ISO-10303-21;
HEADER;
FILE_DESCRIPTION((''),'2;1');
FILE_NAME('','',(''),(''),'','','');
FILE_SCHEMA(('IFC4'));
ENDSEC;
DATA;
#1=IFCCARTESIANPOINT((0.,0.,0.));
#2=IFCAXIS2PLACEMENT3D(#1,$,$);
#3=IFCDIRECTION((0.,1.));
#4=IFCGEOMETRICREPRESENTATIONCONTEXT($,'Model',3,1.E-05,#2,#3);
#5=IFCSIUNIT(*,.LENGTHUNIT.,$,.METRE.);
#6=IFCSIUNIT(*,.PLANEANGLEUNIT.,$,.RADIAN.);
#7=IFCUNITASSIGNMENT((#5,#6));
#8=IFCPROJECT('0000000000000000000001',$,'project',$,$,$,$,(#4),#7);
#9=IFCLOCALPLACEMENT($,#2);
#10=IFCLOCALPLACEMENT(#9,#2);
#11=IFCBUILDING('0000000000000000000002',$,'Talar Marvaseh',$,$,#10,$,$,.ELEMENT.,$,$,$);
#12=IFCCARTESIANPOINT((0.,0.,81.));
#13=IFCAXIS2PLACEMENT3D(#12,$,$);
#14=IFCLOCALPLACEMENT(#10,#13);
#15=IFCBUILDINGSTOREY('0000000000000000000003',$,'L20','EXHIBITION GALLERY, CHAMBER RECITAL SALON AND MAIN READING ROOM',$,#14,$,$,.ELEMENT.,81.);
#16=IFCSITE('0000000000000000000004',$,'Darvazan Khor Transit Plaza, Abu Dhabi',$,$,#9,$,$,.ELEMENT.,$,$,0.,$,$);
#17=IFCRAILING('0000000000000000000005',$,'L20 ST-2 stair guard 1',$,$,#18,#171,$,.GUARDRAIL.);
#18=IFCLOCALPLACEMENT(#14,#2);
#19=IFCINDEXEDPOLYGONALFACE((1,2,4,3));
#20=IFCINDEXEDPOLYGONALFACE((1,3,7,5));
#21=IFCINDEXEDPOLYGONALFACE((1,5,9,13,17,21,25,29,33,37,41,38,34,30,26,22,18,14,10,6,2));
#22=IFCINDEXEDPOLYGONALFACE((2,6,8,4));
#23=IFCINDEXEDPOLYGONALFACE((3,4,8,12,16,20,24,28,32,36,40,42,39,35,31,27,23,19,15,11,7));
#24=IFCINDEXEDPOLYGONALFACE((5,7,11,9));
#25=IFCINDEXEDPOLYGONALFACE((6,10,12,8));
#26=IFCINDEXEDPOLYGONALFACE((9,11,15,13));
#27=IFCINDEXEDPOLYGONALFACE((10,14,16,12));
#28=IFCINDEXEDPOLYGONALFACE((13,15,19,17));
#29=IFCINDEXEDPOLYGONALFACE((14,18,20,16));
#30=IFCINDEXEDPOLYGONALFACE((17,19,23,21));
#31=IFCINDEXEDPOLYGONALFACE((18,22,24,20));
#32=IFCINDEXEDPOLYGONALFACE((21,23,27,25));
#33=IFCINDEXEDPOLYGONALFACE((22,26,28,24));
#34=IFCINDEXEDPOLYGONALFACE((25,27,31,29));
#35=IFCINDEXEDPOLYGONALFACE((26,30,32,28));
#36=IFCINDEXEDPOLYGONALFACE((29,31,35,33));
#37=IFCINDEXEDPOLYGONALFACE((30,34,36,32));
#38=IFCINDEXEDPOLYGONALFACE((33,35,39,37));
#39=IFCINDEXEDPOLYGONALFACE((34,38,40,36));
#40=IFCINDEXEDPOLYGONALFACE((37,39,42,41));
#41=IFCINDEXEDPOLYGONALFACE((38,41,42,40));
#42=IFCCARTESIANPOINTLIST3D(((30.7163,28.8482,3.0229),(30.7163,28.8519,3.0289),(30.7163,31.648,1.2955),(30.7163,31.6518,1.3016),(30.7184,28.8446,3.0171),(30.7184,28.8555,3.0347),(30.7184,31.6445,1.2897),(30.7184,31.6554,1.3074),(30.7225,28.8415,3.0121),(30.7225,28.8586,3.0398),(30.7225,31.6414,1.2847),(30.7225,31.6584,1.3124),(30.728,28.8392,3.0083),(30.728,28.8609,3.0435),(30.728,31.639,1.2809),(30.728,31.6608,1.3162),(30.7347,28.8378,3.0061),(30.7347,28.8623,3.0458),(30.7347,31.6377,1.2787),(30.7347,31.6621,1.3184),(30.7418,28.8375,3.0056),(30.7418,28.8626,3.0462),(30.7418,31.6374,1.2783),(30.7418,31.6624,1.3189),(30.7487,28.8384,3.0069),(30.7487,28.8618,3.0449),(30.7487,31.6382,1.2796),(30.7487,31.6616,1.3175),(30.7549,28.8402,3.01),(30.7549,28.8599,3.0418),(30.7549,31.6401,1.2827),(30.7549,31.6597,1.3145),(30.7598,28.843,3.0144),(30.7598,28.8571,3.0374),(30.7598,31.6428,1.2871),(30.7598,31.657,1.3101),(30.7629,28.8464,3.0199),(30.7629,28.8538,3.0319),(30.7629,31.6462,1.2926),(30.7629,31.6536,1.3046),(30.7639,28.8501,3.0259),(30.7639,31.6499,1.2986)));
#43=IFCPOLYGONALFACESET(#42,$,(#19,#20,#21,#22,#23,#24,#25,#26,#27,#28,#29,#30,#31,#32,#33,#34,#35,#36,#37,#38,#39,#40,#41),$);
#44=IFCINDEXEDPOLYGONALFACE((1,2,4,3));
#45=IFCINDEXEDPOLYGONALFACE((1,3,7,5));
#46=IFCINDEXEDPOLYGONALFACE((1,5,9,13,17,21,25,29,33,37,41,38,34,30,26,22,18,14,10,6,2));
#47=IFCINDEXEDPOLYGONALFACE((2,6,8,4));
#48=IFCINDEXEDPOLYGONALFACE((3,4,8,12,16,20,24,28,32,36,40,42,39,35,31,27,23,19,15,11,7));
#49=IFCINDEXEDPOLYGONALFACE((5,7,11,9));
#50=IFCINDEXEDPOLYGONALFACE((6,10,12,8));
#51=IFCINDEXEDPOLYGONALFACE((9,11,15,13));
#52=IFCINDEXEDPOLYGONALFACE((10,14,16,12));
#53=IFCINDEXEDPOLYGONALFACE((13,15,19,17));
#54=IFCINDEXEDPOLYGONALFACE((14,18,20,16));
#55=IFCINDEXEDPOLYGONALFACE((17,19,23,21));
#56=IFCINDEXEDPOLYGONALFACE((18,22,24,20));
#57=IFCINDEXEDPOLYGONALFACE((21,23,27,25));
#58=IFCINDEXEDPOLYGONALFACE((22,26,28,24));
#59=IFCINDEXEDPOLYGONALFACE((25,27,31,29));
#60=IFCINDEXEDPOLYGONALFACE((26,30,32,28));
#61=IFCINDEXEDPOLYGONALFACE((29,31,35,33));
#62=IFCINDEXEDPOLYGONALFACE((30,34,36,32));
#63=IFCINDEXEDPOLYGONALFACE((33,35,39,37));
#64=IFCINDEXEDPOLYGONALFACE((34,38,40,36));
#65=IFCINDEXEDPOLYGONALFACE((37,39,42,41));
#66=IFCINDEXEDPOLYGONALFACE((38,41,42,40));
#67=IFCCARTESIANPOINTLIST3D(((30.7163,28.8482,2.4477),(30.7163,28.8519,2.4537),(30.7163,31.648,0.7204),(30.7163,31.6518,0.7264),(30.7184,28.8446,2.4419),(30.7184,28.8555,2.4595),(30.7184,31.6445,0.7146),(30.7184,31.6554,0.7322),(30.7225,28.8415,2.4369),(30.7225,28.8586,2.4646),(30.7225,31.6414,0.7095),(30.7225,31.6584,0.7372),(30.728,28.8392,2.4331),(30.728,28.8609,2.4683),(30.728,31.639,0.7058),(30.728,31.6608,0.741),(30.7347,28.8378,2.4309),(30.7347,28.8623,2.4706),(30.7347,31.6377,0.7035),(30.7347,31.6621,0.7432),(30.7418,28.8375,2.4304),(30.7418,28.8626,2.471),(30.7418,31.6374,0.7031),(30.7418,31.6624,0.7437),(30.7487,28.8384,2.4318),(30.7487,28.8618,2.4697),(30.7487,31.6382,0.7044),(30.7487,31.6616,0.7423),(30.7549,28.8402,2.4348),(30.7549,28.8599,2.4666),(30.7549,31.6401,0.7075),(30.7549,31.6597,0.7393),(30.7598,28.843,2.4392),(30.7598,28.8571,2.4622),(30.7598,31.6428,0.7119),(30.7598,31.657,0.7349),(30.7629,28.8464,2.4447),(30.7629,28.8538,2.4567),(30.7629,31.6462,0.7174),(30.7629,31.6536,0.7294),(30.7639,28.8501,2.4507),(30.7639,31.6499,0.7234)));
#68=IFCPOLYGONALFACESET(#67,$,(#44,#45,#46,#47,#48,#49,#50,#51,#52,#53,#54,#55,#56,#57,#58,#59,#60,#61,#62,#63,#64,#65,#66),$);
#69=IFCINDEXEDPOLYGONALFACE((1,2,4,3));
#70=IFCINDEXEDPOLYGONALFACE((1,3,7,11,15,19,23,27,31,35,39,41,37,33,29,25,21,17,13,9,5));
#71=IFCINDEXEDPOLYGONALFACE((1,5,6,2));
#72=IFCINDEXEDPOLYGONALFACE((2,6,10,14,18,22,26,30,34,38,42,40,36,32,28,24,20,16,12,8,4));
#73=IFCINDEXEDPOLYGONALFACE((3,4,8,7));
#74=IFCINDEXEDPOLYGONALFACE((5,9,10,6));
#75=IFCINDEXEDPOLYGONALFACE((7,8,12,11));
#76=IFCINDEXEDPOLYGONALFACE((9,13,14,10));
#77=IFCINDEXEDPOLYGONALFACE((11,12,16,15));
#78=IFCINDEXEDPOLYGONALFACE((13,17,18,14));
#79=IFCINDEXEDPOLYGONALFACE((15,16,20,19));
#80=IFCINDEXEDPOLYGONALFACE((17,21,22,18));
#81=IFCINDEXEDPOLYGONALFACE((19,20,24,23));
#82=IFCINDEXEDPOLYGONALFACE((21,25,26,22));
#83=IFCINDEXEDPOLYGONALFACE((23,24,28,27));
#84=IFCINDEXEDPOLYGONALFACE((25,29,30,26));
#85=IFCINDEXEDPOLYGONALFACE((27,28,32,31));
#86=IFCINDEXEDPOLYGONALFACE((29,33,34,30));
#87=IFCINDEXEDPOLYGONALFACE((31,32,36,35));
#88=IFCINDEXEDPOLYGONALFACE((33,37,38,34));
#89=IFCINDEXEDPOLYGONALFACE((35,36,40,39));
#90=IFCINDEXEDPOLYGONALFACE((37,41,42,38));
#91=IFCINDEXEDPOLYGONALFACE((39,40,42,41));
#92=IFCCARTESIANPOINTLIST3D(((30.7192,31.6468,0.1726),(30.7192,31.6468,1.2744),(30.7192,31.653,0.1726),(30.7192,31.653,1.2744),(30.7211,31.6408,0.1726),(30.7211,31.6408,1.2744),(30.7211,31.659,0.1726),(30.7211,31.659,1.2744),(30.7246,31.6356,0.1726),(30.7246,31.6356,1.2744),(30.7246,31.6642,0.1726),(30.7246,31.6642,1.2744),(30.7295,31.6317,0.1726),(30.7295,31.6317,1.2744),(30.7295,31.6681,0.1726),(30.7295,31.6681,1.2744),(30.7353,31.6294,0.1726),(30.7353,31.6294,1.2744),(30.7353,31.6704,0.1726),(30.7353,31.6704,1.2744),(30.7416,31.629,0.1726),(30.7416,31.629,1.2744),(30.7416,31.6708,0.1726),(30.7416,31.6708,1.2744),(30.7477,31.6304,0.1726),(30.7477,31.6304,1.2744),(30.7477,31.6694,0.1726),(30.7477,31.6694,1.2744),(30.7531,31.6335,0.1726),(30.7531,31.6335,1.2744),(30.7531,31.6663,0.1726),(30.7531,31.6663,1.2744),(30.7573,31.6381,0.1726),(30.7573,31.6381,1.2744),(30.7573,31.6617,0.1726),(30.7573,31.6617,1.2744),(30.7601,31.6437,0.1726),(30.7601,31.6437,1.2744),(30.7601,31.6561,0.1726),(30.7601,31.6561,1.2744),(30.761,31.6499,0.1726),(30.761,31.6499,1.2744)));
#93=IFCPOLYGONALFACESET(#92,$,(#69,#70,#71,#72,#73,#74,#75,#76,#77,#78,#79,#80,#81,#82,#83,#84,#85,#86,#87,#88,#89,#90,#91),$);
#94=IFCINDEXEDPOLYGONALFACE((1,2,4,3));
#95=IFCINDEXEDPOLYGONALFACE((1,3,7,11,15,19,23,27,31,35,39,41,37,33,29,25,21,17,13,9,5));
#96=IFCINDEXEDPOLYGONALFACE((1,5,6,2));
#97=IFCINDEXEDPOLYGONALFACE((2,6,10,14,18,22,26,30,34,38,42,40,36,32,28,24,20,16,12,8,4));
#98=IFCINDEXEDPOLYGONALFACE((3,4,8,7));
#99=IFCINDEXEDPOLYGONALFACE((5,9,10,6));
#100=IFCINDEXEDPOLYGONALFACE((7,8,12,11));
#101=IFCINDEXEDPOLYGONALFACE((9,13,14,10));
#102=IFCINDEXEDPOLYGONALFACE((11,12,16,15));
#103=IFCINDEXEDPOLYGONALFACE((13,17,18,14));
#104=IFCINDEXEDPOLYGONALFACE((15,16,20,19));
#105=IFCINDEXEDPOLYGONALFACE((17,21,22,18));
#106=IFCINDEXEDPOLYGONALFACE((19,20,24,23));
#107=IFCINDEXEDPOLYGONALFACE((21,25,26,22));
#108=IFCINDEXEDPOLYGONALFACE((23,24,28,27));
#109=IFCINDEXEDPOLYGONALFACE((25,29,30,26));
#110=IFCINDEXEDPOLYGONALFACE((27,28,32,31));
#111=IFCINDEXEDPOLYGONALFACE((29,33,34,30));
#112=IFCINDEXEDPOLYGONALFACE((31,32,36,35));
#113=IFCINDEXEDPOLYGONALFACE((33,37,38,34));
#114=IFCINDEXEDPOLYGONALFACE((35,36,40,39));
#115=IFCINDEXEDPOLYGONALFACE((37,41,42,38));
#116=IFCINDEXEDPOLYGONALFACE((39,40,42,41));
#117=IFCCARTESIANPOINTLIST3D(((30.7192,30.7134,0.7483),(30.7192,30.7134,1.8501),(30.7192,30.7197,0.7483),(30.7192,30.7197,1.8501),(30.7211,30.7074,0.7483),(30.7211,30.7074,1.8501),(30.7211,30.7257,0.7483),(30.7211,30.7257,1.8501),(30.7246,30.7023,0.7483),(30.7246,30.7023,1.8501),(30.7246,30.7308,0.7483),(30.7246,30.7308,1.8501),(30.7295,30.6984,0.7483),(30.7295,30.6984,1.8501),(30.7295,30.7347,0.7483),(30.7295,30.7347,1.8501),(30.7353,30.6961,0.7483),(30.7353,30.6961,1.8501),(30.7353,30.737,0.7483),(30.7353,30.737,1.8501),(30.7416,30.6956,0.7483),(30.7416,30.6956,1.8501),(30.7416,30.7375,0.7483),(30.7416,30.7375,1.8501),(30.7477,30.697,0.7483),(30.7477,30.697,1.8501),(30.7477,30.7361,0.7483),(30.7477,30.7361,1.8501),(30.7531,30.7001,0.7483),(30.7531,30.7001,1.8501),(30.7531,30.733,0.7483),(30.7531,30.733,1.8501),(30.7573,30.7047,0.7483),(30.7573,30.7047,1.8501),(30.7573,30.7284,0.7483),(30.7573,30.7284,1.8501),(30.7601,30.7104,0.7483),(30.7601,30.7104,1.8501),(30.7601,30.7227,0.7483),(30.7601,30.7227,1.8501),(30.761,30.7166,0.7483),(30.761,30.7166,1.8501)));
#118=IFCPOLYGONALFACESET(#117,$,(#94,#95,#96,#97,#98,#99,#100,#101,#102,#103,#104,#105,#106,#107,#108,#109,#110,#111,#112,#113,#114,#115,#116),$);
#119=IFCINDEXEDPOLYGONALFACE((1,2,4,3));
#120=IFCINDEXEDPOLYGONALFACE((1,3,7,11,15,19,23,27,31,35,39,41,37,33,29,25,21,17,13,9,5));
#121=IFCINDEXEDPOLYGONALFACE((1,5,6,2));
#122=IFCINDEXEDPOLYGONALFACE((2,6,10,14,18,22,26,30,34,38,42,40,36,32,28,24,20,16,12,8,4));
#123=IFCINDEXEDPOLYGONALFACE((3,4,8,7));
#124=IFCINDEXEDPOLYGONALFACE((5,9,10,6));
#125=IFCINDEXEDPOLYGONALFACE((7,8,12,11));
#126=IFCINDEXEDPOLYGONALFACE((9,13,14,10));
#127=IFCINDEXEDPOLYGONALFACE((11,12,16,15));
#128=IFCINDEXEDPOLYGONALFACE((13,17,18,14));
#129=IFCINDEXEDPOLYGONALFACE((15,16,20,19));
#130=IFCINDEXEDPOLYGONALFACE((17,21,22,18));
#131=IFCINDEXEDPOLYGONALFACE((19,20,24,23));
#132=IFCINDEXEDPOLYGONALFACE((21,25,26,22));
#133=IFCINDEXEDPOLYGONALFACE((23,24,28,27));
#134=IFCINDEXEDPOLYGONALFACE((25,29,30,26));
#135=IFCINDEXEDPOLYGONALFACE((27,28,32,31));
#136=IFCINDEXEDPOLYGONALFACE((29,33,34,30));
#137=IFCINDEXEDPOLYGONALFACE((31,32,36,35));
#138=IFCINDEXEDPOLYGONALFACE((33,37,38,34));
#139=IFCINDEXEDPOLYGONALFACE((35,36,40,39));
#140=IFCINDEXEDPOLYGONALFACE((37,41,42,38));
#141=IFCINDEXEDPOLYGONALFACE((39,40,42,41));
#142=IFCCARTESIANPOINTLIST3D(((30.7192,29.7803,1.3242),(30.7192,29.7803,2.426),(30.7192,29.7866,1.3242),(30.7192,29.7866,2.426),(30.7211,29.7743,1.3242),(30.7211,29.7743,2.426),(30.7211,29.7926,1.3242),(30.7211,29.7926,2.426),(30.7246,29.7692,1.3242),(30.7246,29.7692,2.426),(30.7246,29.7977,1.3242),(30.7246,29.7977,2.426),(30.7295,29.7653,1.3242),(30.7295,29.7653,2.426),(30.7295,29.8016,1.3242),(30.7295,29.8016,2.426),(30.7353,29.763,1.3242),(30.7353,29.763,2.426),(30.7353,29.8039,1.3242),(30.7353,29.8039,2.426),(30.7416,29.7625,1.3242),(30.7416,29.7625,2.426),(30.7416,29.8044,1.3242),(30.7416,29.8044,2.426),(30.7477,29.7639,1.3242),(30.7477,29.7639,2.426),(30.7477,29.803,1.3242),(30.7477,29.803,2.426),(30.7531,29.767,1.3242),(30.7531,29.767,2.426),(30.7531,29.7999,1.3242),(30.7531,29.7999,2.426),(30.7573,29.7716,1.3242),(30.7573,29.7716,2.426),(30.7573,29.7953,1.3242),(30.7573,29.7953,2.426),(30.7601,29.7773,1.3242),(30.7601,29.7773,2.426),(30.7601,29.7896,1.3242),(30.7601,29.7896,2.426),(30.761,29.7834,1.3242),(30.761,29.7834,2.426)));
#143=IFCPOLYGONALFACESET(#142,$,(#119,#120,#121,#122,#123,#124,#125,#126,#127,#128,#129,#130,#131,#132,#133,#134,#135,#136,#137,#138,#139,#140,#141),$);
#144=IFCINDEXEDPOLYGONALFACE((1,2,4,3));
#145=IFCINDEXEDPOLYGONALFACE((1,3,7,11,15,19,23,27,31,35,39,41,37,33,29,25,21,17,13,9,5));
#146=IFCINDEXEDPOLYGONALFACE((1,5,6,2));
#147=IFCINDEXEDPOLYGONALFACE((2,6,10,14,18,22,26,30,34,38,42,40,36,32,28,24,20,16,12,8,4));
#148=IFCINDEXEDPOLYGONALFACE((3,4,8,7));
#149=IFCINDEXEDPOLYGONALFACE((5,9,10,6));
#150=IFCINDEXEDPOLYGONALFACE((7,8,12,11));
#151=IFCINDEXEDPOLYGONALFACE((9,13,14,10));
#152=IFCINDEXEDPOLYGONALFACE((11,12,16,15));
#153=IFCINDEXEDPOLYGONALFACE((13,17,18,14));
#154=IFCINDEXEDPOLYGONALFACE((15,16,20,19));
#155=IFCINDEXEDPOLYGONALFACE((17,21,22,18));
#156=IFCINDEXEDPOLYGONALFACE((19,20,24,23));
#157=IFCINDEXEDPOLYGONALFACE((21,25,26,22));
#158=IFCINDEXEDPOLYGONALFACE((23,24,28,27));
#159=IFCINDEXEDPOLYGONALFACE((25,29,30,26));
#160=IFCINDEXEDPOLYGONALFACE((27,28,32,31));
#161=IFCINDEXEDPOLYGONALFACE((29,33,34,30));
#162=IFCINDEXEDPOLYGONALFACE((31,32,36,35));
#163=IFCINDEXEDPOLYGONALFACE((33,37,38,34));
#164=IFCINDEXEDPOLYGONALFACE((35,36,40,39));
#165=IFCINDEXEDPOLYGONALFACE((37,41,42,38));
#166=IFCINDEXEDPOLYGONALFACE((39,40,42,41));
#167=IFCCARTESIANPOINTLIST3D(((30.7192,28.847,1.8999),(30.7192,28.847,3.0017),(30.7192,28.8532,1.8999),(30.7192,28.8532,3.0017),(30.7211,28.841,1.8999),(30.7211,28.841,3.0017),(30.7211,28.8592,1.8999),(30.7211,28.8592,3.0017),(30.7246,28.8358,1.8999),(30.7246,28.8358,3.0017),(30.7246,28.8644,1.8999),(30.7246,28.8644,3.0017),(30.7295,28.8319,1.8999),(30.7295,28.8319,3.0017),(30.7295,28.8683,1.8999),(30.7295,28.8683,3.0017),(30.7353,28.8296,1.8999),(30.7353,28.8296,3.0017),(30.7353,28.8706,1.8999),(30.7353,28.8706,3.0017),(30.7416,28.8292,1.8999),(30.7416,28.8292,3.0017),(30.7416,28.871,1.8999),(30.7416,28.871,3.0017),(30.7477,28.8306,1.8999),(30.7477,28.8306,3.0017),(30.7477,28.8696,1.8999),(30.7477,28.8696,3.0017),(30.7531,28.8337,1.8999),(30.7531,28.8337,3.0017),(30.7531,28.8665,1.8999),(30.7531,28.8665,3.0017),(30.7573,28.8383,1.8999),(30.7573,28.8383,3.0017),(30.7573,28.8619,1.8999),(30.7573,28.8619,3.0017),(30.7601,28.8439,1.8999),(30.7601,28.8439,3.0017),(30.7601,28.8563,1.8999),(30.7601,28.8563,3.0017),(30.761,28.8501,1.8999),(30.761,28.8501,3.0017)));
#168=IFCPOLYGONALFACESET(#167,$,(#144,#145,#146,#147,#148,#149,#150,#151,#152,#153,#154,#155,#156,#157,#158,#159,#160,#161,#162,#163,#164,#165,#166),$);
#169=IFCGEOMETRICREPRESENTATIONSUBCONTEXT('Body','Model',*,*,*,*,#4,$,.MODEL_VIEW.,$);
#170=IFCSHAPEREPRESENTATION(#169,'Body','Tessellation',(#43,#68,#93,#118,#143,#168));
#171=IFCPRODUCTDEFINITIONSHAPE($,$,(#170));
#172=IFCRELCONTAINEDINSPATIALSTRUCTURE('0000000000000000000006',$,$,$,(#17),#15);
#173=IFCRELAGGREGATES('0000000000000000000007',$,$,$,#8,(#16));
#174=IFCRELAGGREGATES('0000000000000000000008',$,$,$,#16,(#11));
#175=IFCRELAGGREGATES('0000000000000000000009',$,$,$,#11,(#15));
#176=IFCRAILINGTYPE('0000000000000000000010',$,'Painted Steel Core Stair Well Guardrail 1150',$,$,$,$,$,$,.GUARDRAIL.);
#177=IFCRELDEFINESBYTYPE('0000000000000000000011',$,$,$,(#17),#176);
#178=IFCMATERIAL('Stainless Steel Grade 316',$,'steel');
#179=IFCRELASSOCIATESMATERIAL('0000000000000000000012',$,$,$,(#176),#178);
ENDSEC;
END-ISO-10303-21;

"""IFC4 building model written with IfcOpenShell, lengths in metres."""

from ifc_helpers import new_model, si_unit, direction, frame, origin, origin_2d, place, context, subcontext, project, spatial, circle, extrude, material, type_object, element, save


model = new_model("IFC4")

# Units and contexts
model_context = context("Model", 3, precision=1e-05, world=origin(), true_north=direction((0.0, 1.0)))
body_context = subcontext(model_context, "Body", "Model", "MODEL_VIEW")
ifc_project = project(units=[si_unit("LENGTHUNIT", "METRE"), si_unit("PLANEANGLEUNIT", "RADIAN")], contexts=[model_context])

# Site, building, storey
site_placement = place(None, origin())
site = spatial("IfcSite", under=ifc_project, at=site_placement, Name="Darvazan Khor Transit Plaza, Abu Dhabi", CompositionType="ELEMENT", RefElevation=0.0)
building_placement = place(site_placement, origin())
building = spatial("IfcBuilding", under=site, at=building_placement, Name="Talar Marvaseh", CompositionType="ELEMENT")
storey_placement = place(building_placement, frame((0.0, 0.0, 81.0)))
storey = spatial("IfcBuildingStorey", under=building, at=storey_placement, Name="L20", Description="EXHIBITION GALLERY, CHAMBER RECITAL SALON AND MAIN READING ROOM", CompositionType="ELEMENT", Elevation=81.0)

# Shared definitions
ifc_material_1 = material(Name="Stainless Steel Grade 316", Category="steel")

# Railing
railing_type = type_object("IfcRailingType", Name="Painted Steel Core Stair Well Guardrail 1150", PredefinedType="GUARDRAIL", material=ifc_material_1)
railing_1_placement = place(storey_placement, frame((30.74, 31.6499, 0.1726)))
element("IfcRailing", 1, at=railing_1_placement, inside=storey, type_object=railing_type, Name="L20 ST-2 stair guard 1", PredefinedType="GUARDRAIL", context=body_context, shape_type="SweptSolid", body=[
    extrude(circle(Radius=0.0239, at=origin_2d()), frame((0.0, 0.0, 1.126), z_axis=(0.0, -0.851069, 0.525054), x_axis=(1.0, 0.0, 0.0)), (0.0, 0.0, 1.0), 3.2898),
    extrude(circle(Radius=0.0239, at=origin_2d()), frame((0.0, 0.0, 0.5508), z_axis=(0.0, -0.851069, 0.525054), x_axis=(1.0, 0.0, 0.0)), (0.0, 0.0, 1.0), 3.2898),
    extrude(circle(Radius=0.021, at=origin_2d()), origin(), (0.0, 0.0, 1.0), 1.1018),
    extrude(circle(Radius=0.021, at=origin_2d()), frame((0.0, -0.9333, 0.5757)), (0.0, 0.0, 1.0), 1.1018),
    extrude(circle(Radius=0.021, at=origin_2d()), frame((0.0, -1.8665, 1.1516)), (0.0, 0.0, 1.0), 1.1018),
    extrude(circle(Radius=0.021, at=origin_2d()), frame((0.0, -2.7998, 1.7273)), (0.0, 0.0, 1.0), 1.1018),
])

save(model, "model.ifc")
